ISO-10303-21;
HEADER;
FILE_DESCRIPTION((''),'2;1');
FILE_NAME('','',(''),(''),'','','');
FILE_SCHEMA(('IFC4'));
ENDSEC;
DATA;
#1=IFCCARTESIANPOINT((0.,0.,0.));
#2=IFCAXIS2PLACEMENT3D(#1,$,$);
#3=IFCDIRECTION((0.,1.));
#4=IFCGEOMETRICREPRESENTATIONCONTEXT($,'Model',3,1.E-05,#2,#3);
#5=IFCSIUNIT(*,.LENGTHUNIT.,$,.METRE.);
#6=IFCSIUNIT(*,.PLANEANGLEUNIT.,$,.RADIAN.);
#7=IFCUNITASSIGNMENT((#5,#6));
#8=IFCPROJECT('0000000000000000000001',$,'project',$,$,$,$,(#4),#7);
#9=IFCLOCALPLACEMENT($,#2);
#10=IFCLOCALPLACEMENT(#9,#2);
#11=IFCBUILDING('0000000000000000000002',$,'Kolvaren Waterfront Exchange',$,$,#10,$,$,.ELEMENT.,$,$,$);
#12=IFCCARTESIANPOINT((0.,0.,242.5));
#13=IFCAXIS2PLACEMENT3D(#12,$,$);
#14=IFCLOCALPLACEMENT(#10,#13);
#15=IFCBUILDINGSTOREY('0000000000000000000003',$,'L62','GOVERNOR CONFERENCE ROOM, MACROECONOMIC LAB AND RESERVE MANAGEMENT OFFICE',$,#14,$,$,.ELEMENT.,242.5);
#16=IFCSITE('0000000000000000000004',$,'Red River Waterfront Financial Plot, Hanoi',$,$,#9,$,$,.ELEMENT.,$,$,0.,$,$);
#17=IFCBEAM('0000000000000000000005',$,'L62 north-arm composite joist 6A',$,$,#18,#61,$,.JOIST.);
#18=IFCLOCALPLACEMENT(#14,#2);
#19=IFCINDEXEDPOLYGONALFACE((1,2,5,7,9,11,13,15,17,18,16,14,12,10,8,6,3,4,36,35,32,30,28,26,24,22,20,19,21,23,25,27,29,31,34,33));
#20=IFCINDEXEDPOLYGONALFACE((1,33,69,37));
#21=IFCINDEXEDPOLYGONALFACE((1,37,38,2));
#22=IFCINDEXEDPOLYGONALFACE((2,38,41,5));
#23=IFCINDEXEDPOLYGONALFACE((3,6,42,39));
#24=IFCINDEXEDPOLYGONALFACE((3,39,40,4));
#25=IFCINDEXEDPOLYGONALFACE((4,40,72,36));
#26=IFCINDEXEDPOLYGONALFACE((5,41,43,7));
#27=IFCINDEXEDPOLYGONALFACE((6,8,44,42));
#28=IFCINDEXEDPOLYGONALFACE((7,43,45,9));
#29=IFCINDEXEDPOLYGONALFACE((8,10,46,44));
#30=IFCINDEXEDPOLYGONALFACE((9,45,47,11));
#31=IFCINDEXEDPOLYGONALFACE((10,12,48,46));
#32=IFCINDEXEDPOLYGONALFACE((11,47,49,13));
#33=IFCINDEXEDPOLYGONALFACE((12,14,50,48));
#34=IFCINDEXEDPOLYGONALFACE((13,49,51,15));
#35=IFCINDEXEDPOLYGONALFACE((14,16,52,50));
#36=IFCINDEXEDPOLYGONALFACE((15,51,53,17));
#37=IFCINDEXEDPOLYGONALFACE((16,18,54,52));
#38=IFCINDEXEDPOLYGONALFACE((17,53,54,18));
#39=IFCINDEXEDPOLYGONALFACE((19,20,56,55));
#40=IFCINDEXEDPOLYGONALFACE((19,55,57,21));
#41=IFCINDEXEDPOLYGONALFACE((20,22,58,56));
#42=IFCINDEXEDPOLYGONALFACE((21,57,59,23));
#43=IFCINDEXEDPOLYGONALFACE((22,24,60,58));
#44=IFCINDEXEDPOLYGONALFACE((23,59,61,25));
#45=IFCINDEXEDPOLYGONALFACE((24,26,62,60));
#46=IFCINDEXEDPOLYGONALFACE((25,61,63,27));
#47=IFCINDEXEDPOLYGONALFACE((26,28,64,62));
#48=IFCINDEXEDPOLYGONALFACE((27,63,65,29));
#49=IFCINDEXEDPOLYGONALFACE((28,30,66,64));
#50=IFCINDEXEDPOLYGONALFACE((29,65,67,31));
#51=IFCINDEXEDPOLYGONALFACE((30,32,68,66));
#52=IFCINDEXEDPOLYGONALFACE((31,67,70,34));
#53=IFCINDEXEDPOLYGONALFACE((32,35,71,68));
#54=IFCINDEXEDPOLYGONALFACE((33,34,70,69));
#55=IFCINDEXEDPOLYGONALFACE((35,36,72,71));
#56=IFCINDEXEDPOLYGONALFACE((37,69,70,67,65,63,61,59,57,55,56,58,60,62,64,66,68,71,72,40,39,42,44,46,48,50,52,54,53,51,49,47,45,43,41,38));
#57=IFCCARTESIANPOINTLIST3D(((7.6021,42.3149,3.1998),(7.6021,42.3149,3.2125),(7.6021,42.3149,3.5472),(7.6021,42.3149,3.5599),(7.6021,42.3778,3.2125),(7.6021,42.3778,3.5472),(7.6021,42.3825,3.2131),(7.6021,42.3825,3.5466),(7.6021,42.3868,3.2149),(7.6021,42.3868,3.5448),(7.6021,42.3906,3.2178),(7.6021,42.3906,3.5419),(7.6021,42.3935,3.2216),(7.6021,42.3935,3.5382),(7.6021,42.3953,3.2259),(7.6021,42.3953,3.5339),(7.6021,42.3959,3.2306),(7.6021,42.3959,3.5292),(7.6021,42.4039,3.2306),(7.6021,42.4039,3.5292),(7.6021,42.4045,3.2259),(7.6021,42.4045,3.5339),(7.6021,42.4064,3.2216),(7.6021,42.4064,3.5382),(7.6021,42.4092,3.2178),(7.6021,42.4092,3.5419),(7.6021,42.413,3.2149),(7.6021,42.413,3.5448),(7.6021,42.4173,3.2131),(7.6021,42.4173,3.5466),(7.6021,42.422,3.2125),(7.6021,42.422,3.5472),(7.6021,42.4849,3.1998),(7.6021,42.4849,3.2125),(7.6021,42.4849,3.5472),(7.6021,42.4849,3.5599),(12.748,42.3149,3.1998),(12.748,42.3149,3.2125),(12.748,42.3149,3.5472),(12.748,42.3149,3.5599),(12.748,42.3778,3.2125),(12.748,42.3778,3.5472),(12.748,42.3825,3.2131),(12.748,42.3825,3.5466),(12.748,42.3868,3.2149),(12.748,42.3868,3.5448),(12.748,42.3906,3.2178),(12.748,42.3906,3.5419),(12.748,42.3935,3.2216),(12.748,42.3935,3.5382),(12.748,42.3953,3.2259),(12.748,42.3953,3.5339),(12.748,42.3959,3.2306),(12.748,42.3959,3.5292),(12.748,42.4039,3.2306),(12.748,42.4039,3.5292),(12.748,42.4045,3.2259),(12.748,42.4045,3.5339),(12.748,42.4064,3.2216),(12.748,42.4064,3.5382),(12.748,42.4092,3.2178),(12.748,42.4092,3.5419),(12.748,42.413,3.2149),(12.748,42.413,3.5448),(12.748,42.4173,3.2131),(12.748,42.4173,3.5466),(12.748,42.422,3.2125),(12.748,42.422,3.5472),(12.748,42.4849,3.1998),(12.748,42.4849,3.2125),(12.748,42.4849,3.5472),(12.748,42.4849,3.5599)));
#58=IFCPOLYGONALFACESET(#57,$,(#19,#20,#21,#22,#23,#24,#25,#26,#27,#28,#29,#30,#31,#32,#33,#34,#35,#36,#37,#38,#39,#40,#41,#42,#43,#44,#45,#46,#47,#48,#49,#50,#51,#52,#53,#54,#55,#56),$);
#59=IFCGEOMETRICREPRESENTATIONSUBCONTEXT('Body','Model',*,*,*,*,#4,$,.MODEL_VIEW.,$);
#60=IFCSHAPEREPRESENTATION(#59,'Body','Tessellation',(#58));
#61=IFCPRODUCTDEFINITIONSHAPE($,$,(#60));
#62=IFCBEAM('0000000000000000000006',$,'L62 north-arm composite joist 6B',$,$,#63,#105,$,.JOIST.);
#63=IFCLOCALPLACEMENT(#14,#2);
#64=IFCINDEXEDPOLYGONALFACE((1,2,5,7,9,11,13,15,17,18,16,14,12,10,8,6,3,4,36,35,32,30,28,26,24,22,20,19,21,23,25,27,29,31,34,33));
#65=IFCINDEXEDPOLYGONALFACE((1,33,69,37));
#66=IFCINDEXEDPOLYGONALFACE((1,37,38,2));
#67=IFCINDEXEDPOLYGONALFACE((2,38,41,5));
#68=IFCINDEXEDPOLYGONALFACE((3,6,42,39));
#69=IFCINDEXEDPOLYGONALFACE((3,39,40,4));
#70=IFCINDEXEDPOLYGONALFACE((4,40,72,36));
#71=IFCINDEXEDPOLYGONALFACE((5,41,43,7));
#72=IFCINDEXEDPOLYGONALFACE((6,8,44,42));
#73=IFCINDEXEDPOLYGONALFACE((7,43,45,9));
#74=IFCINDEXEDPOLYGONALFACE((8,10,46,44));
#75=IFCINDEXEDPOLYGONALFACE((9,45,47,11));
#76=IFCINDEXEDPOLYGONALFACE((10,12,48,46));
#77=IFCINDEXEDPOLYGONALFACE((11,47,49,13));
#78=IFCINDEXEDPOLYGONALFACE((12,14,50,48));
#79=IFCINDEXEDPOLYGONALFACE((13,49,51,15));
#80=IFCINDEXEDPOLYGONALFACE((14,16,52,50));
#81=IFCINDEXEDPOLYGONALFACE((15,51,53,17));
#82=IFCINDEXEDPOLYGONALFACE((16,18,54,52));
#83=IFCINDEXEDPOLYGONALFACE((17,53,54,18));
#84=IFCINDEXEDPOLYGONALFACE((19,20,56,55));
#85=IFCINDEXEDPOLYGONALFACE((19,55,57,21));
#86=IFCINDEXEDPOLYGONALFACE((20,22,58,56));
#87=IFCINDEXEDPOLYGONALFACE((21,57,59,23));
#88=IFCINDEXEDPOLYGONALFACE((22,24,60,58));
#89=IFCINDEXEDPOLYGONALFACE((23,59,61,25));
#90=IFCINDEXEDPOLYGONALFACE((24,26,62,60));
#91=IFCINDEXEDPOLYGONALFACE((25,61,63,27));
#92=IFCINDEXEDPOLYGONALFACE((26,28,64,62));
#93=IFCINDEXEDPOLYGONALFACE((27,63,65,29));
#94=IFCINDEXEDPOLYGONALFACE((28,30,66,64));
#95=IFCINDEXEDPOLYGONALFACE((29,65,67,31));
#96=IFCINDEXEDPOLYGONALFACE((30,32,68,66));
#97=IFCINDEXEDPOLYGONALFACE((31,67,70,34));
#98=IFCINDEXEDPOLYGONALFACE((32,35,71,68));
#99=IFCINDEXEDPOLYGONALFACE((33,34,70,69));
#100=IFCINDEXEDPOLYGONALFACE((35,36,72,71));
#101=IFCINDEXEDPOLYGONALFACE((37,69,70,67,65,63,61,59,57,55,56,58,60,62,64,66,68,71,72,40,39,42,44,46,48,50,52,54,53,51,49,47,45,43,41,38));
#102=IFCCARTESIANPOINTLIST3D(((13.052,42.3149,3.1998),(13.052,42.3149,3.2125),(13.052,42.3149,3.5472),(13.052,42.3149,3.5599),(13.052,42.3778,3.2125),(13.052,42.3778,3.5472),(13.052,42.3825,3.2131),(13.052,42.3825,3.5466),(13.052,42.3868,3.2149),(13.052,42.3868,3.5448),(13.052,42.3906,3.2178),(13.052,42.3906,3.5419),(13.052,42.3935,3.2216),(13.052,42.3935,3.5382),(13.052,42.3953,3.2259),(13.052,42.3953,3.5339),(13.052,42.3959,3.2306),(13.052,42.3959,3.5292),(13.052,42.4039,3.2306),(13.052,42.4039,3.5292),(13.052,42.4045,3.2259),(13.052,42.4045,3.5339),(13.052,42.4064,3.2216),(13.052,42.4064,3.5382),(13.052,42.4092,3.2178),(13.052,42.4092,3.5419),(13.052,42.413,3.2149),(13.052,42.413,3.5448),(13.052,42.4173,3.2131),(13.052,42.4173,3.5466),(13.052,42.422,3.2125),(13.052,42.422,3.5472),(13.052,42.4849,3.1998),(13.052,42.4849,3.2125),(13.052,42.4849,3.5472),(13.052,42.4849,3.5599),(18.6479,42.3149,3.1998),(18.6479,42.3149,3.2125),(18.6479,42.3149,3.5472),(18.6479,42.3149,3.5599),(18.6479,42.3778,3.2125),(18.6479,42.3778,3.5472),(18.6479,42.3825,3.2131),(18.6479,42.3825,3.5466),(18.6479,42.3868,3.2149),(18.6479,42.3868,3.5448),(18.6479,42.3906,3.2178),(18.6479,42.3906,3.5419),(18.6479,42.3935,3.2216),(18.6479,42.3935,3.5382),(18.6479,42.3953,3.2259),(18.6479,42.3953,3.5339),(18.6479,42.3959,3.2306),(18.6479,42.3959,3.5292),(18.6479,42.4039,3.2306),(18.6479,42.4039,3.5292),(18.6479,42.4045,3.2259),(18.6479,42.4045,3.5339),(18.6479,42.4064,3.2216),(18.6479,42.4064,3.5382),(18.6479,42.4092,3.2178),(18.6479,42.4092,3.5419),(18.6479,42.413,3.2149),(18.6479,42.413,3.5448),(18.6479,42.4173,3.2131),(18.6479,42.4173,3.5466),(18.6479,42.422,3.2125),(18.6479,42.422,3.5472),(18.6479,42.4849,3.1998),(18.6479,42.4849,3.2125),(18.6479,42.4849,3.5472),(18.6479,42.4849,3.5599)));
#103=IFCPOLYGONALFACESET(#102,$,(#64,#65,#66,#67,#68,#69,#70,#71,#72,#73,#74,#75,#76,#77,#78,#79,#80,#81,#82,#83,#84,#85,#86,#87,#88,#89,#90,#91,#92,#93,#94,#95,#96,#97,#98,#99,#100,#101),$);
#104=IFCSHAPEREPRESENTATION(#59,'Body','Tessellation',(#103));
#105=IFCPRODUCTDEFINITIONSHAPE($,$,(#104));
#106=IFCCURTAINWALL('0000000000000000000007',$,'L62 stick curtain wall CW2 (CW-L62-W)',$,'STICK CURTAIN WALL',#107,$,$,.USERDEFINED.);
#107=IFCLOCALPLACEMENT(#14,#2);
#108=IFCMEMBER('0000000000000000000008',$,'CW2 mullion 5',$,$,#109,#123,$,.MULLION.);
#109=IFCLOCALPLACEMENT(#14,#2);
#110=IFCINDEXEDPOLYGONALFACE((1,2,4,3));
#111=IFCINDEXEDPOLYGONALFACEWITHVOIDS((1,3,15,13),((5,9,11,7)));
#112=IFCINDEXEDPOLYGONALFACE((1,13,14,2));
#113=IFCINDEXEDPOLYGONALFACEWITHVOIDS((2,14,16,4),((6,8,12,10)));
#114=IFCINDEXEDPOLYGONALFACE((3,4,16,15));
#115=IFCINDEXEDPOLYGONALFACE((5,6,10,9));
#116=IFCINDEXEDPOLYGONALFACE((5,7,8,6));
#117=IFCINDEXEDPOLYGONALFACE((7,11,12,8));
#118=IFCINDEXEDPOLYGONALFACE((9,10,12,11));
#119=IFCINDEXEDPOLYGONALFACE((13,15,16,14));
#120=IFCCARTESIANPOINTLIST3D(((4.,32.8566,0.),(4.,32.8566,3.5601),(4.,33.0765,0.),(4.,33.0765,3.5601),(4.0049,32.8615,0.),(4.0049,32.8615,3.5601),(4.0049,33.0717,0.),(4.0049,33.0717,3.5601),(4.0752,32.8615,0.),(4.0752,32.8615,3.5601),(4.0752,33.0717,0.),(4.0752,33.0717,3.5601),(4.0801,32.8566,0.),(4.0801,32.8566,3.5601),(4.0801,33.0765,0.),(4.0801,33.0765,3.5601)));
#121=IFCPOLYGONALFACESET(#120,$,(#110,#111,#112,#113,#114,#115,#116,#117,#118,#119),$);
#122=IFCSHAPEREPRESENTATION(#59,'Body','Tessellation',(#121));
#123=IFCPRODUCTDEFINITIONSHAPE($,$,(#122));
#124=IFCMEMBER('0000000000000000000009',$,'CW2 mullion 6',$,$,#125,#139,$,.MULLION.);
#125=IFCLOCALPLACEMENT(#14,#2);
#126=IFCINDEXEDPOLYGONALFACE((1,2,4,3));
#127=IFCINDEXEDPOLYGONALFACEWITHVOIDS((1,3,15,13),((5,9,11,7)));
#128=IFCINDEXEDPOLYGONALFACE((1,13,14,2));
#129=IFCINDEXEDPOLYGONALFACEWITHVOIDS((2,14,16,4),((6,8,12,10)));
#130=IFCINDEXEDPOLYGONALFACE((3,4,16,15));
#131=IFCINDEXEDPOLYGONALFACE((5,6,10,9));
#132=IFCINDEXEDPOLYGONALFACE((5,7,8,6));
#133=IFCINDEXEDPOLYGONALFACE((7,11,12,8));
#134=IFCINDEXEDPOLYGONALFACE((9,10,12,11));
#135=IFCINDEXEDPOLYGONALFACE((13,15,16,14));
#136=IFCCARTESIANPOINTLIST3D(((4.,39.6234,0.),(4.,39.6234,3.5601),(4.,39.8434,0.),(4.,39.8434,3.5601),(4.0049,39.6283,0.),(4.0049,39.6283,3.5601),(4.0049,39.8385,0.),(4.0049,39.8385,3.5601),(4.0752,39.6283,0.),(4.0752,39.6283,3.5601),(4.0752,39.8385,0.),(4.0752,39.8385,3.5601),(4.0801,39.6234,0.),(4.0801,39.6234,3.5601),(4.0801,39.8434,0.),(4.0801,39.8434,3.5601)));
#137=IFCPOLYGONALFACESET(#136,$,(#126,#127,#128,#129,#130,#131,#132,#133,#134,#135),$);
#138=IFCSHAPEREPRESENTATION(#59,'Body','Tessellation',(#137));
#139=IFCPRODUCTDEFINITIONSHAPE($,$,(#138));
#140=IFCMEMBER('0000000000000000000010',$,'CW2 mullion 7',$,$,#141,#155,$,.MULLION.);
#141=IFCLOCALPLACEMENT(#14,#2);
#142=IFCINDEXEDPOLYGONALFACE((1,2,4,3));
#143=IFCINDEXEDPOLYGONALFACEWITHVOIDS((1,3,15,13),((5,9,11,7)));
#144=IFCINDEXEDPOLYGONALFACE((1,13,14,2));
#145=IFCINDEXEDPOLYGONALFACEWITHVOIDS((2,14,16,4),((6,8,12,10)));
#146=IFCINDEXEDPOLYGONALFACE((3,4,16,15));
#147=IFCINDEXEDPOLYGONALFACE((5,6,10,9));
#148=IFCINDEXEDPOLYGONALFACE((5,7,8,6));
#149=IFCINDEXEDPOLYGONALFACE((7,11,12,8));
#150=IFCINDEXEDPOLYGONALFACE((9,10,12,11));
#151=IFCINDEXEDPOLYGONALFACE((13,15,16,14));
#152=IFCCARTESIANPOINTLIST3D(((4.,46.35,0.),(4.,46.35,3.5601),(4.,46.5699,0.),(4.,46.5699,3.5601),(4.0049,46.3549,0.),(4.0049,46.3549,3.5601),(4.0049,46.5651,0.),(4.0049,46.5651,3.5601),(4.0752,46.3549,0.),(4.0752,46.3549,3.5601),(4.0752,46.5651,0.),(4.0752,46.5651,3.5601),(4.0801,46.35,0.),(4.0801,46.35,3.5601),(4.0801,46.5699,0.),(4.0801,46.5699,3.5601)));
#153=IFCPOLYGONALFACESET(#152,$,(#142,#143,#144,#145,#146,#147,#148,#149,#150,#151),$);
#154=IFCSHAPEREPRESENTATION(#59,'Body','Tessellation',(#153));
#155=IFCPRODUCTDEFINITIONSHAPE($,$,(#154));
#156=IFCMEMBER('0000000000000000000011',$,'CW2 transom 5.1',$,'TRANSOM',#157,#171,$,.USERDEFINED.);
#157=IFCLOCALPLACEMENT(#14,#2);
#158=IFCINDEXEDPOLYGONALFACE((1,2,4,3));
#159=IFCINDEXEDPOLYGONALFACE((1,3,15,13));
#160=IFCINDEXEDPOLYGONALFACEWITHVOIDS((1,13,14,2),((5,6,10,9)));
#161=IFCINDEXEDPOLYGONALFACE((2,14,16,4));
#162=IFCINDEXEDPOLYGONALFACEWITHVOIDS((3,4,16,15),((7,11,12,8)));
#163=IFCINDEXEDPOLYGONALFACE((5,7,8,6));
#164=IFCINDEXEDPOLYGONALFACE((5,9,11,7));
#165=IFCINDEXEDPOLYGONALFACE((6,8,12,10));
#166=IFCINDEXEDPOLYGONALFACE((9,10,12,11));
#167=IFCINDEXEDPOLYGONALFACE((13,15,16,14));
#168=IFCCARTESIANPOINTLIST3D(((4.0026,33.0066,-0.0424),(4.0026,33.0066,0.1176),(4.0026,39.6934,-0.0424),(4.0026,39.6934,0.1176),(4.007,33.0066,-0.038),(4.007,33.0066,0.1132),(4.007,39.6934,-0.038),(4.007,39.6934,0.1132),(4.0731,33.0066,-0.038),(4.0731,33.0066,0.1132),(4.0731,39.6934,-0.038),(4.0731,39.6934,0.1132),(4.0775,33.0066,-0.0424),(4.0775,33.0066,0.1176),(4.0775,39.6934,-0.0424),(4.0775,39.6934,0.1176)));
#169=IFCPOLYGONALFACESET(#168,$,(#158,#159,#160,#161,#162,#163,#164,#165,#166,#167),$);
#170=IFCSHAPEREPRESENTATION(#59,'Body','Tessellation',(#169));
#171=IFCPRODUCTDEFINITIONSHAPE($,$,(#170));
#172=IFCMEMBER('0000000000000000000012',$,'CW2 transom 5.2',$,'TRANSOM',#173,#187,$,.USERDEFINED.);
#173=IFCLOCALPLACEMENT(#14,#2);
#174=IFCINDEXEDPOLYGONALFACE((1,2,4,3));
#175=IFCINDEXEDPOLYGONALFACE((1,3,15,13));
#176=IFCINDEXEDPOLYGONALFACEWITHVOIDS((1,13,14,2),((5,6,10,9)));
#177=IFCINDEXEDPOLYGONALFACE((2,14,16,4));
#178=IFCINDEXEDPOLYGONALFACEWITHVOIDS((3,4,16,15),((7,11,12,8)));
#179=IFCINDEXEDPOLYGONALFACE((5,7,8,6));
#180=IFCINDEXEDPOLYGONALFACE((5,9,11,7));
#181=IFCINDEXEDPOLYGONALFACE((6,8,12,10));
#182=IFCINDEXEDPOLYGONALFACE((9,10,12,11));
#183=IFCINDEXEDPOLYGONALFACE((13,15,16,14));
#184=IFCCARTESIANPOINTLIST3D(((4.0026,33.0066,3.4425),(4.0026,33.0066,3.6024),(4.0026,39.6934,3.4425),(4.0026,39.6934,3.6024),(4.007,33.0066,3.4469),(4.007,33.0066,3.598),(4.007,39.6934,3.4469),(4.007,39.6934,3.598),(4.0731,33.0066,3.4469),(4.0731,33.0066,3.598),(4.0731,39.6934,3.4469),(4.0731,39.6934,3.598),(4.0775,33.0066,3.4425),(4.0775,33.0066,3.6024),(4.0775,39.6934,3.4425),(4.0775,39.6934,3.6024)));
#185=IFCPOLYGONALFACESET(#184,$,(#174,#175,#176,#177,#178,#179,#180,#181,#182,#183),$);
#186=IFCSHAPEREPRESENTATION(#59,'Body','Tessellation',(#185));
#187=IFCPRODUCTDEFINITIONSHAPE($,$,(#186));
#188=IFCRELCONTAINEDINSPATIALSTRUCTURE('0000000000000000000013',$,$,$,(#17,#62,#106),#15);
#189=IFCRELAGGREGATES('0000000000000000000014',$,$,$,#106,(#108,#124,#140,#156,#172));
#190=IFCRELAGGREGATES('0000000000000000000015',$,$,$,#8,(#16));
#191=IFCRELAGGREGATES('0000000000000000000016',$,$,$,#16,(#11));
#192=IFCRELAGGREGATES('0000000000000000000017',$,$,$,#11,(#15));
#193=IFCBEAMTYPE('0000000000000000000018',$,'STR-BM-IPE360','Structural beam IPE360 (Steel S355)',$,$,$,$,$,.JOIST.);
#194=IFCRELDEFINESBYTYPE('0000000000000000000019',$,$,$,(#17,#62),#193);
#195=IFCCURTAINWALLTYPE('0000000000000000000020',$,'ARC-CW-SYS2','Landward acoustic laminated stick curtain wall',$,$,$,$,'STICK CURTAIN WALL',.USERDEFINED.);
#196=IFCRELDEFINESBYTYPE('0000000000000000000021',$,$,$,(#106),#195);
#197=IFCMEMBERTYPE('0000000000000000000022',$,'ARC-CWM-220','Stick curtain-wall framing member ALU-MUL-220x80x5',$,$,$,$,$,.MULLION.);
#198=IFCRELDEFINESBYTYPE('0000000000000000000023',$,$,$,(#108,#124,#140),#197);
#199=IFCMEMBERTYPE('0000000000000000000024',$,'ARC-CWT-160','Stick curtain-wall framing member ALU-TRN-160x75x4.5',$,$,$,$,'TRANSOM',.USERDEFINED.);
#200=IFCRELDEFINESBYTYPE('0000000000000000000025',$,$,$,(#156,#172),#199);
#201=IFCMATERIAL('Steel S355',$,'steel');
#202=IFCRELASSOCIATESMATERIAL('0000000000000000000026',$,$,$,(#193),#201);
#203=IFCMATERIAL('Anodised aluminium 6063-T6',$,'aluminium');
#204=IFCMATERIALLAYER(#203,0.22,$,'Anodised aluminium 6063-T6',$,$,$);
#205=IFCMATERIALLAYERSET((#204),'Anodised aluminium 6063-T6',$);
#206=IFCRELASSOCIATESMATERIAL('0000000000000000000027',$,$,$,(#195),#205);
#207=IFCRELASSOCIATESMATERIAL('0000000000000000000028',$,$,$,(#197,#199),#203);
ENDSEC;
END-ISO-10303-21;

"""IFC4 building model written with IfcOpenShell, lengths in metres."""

from ifc_helpers import new_model, si_unit, direction, frame, origin, origin_with_axes, origin_2d, place, context, subcontext, project, spatial, hollow_rectangle, i_section, extrude, source, transform, mapped, material, layer, layer_set, material_profile, profile_set, type_object, element, aggregate, save


model = new_model("IFC4")

# Units and contexts
model_context = context("Model", 3, precision=1e-05, world=origin(), true_north=direction((0.0, 1.0)))
body_context = subcontext(model_context, "Body", "Model", "MODEL_VIEW")
ifc_project = project(units=[si_unit("LENGTHUNIT", "METRE"), si_unit("PLANEANGLEUNIT", "RADIAN")], contexts=[model_context])

# Site, building, storey
site_placement = place(None, origin())
site = spatial("IfcSite", under=ifc_project, at=site_placement, Name="Red River Waterfront Financial Plot, Hanoi", CompositionType="ELEMENT", RefElevation=0.0)
building_placement = place(site_placement, origin())
building = spatial("IfcBuilding", under=site, at=building_placement, Name="Kolvaren Waterfront Exchange", CompositionType="ELEMENT")
storey_placement = place(building_placement, frame((0.0, 0.0, 242.5)))
storey = spatial("IfcBuildingStorey", under=building, at=storey_placement, Name="L62", Description="GOVERNOR CONFERENCE ROOM, MACROECONOMIC LAB AND RESERVE MANAGEMENT OFFICE", CompositionType="ELEMENT", Elevation=242.5)

# Beams
ifc_material_1 = material(Name="Steel S355", Category="steel")
ifc_material_profile_1 = material_profile(ifc_material_1, i_section(OverallWidth=0.1699, OverallDepth=0.3601, WebThickness=0.0081, FlangeThickness=0.0127, FilletRadius=0.0181, at=origin_2d()), Name="IPE360")
ifc_profile_set_1 = profile_set([ifc_material_profile_1], Name="Steel S355")
beam_type_1 = type_object("IfcBeamType", Name="STR-BM-IPE360", Description="Structural beam IPE360 (Steel S355)", PredefinedType="JOIST", material=ifc_profile_set_1)
beam_1_placement = place(storey_placement, frame((7.6021, 42.3999, 3.3799), z_axis=(1.0, 0.0, 0.0), x_axis=(0.0, 1.0, 0.0)))
element("IfcBeam", 1, at=beam_1_placement, inside=storey, type_object=beam_type_1, Name="L62 north-arm composite joist 6A", PredefinedType="JOIST", context=body_context, shape_type="SweptSolid", body=[
    extrude(i_section(OverallWidth=0.1699, OverallDepth=0.3601, WebThickness=0.0081, FlangeThickness=0.0127, FilletRadius=0.0181, at=origin_2d()), origin(), (0.0, 0.0, 1.0), 5.146),
])
beam_2_placement = place(storey_placement, frame((13.052, 42.3999, 3.3799), z_axis=(1.0, 0.0, 0.0), x_axis=(0.0, 1.0, 0.0)))
element("IfcBeam", 2, at=beam_2_placement, inside=storey, type_object=beam_type_1, Name="L62 north-arm composite joist 6B", PredefinedType="JOIST", context=body_context, shape_type="SweptSolid", body=[
    extrude(i_section(OverallWidth=0.1699, OverallDepth=0.3601, WebThickness=0.0081, FlangeThickness=0.0127, FilletRadius=0.0181, at=origin_2d()), origin(), (0.0, 0.0, 1.0), 5.5959),
])

# Curtain wall, members
ifc_material_2 = material(Name="Anodised aluminium 6063-T6", Category="aluminium")
ifc_layer_1 = layer(ifc_material_2, 0.22, Name="Anodised aluminium 6063-T6")
ifc_layer_set_1 = layer_set([ifc_layer_1], Name="Anodised aluminium 6063-T6")
curtain_wall_type = type_object("IfcCurtainWallType", Name="ARC-CW-SYS2", Description="Landward acoustic laminated stick curtain wall", ElementType="STICK CURTAIN WALL", PredefinedType="USERDEFINED", material=ifc_layer_set_1)
curtain_wall_placement = place(storey_placement, origin())
curtain_wall = element("IfcCurtainWall", 3, at=curtain_wall_placement, inside=storey, type_object=curtain_wall_type, Name="L62 stick curtain wall CW2 (CW-L62-W)", ObjectType="STICK CURTAIN WALL", PredefinedType="USERDEFINED")
ifc_material_profile_2 = material_profile(ifc_material_2, hollow_rectangle(XDim=0.0801, YDim=0.22, WallThickness=0.0049, at=origin_2d()), Name="ALU-MUL-220x80x5")
ifc_profile_set_2 = profile_set([ifc_material_profile_2], Name="Anodised aluminium 6063-T6")
member_type_1 = type_object("IfcMemberType", Name="ARC-CWM-220", Description="Stick curtain-wall framing member ALU-MUL-220x80x5", PredefinedType="MULLION", material=ifc_profile_set_2)
shared_shape_1 = source(origin_with_axes(), body_context, "Body", "SweptSolid", [
    extrude(hollow_rectangle(XDim=0.0801, YDim=0.22, WallThickness=0.0049, at=origin_2d()), origin(), (0.0, 0.0, 1.0), 3.5601),
])
member_1_placement = place(storey_placement, frame((4.04, 32.9666, 0.0), z_axis=(0.0, 0.0, 1.0), x_axis=(-1.0, 0.0, 0.0)))
member_1 = element("IfcMember", 4, at=member_1_placement, type_object=member_type_1, Name="CW2 mullion 5", PredefinedType="MULLION", context=body_context, shape_type="MappedRepresentation", body=[
    mapped(shared_shape_1, transform((0.0, 0.0, 0.0), x_axis=(1.0, 0.0, 0.0), y_axis=(0.0, 1.0, 0.0), z_axis=(0.0, 0.0, 1.0), scale=1.0)),
])
member_2_placement = place(storey_placement, frame((4.04, 39.7334, 0.0), z_axis=(0.0, 0.0, 1.0), x_axis=(-1.0, 0.0, 0.0)))
member_2 = element("IfcMember", 5, at=member_2_placement, type_object=member_type_1, Name="CW2 mullion 6", PredefinedType="MULLION", context=body_context, shape_type="MappedRepresentation", body=[
    mapped(shared_shape_1, transform((0.0, 0.0, 0.0), x_axis=(1.0, 0.0, 0.0), y_axis=(0.0, 1.0, 0.0), z_axis=(0.0, 0.0, 1.0), scale=1.0)),
])
member_3_placement = place(storey_placement, frame((4.04, 46.46, 0.0), z_axis=(0.0, 0.0, 1.0), x_axis=(-1.0, 0.0, 0.0)))
member_3 = element("IfcMember", 6, at=member_3_placement, type_object=member_type_1, Name="CW2 mullion 7", PredefinedType="MULLION", context=body_context, shape_type="MappedRepresentation", body=[
    mapped(shared_shape_1, transform((0.0, 0.0, 0.0), x_axis=(1.0, 0.0, 0.0), y_axis=(0.0, 1.0, 0.0), z_axis=(0.0, 0.0, 1.0), scale=1.0)),
])
ifc_material_profile_3 = material_profile(ifc_material_2, hollow_rectangle(XDim=0.075, YDim=0.1599, WallThickness=0.0044, at=origin_2d()), Name="ALU-TRN-160x75x4.5")
ifc_profile_set_3 = profile_set([ifc_material_profile_3], Name="Anodised aluminium 6063-T6")
member_type_2 = type_object("IfcMemberType", Name="ARC-CWT-160", Description="Stick curtain-wall framing member ALU-TRN-160x75x4.5", ElementType="TRANSOM", PredefinedType="USERDEFINED", material=ifc_profile_set_3)
shared_shape_2 = source(origin_with_axes(), body_context, "Body", "SweptSolid", [
    extrude(hollow_rectangle(XDim=0.075, YDim=0.1599, WallThickness=0.0044, at=origin_2d()), origin(), (0.0, 0.0, 1.0), 6.6868),
])
member_4_placement = place(storey_placement, frame((4.04, 33.0066, 0.0376), z_axis=(0.0, 1.0, 0.0), x_axis=(-1.0, 0.0, 0.0)))
member_4 = element("IfcMember", 7, at=member_4_placement, type_object=member_type_2, Name="CW2 transom 5.1", ObjectType="TRANSOM", PredefinedType="USERDEFINED", context=body_context, shape_type="MappedRepresentation", body=[
    mapped(shared_shape_2, transform((0.0, 0.0, 0.0), x_axis=(1.0, 0.0, 0.0), y_axis=(0.0, 1.0, 0.0), z_axis=(0.0, 0.0, 1.0), scale=1.0)),
])
member_5_placement = place(storey_placement, frame((4.04, 33.0066, 3.5225), z_axis=(0.0, 1.0, 0.0), x_axis=(-1.0, 0.0, 0.0)))
member_5 = element("IfcMember", 8, at=member_5_placement, type_object=member_type_2, Name="CW2 transom 5.2", ObjectType="TRANSOM", PredefinedType="USERDEFINED", context=body_context, shape_type="MappedRepresentation", body=[
    mapped(shared_shape_2, transform((0.0, 0.0, 0.0), x_axis=(1.0, 0.0, 0.0), y_axis=(0.0, 1.0, 0.0), z_axis=(0.0, 0.0, 1.0), scale=1.0)),
])
aggregate(curtain_wall, [member_1, member_2, member_3, member_4, member_5])

save(model, "model.ifc")
